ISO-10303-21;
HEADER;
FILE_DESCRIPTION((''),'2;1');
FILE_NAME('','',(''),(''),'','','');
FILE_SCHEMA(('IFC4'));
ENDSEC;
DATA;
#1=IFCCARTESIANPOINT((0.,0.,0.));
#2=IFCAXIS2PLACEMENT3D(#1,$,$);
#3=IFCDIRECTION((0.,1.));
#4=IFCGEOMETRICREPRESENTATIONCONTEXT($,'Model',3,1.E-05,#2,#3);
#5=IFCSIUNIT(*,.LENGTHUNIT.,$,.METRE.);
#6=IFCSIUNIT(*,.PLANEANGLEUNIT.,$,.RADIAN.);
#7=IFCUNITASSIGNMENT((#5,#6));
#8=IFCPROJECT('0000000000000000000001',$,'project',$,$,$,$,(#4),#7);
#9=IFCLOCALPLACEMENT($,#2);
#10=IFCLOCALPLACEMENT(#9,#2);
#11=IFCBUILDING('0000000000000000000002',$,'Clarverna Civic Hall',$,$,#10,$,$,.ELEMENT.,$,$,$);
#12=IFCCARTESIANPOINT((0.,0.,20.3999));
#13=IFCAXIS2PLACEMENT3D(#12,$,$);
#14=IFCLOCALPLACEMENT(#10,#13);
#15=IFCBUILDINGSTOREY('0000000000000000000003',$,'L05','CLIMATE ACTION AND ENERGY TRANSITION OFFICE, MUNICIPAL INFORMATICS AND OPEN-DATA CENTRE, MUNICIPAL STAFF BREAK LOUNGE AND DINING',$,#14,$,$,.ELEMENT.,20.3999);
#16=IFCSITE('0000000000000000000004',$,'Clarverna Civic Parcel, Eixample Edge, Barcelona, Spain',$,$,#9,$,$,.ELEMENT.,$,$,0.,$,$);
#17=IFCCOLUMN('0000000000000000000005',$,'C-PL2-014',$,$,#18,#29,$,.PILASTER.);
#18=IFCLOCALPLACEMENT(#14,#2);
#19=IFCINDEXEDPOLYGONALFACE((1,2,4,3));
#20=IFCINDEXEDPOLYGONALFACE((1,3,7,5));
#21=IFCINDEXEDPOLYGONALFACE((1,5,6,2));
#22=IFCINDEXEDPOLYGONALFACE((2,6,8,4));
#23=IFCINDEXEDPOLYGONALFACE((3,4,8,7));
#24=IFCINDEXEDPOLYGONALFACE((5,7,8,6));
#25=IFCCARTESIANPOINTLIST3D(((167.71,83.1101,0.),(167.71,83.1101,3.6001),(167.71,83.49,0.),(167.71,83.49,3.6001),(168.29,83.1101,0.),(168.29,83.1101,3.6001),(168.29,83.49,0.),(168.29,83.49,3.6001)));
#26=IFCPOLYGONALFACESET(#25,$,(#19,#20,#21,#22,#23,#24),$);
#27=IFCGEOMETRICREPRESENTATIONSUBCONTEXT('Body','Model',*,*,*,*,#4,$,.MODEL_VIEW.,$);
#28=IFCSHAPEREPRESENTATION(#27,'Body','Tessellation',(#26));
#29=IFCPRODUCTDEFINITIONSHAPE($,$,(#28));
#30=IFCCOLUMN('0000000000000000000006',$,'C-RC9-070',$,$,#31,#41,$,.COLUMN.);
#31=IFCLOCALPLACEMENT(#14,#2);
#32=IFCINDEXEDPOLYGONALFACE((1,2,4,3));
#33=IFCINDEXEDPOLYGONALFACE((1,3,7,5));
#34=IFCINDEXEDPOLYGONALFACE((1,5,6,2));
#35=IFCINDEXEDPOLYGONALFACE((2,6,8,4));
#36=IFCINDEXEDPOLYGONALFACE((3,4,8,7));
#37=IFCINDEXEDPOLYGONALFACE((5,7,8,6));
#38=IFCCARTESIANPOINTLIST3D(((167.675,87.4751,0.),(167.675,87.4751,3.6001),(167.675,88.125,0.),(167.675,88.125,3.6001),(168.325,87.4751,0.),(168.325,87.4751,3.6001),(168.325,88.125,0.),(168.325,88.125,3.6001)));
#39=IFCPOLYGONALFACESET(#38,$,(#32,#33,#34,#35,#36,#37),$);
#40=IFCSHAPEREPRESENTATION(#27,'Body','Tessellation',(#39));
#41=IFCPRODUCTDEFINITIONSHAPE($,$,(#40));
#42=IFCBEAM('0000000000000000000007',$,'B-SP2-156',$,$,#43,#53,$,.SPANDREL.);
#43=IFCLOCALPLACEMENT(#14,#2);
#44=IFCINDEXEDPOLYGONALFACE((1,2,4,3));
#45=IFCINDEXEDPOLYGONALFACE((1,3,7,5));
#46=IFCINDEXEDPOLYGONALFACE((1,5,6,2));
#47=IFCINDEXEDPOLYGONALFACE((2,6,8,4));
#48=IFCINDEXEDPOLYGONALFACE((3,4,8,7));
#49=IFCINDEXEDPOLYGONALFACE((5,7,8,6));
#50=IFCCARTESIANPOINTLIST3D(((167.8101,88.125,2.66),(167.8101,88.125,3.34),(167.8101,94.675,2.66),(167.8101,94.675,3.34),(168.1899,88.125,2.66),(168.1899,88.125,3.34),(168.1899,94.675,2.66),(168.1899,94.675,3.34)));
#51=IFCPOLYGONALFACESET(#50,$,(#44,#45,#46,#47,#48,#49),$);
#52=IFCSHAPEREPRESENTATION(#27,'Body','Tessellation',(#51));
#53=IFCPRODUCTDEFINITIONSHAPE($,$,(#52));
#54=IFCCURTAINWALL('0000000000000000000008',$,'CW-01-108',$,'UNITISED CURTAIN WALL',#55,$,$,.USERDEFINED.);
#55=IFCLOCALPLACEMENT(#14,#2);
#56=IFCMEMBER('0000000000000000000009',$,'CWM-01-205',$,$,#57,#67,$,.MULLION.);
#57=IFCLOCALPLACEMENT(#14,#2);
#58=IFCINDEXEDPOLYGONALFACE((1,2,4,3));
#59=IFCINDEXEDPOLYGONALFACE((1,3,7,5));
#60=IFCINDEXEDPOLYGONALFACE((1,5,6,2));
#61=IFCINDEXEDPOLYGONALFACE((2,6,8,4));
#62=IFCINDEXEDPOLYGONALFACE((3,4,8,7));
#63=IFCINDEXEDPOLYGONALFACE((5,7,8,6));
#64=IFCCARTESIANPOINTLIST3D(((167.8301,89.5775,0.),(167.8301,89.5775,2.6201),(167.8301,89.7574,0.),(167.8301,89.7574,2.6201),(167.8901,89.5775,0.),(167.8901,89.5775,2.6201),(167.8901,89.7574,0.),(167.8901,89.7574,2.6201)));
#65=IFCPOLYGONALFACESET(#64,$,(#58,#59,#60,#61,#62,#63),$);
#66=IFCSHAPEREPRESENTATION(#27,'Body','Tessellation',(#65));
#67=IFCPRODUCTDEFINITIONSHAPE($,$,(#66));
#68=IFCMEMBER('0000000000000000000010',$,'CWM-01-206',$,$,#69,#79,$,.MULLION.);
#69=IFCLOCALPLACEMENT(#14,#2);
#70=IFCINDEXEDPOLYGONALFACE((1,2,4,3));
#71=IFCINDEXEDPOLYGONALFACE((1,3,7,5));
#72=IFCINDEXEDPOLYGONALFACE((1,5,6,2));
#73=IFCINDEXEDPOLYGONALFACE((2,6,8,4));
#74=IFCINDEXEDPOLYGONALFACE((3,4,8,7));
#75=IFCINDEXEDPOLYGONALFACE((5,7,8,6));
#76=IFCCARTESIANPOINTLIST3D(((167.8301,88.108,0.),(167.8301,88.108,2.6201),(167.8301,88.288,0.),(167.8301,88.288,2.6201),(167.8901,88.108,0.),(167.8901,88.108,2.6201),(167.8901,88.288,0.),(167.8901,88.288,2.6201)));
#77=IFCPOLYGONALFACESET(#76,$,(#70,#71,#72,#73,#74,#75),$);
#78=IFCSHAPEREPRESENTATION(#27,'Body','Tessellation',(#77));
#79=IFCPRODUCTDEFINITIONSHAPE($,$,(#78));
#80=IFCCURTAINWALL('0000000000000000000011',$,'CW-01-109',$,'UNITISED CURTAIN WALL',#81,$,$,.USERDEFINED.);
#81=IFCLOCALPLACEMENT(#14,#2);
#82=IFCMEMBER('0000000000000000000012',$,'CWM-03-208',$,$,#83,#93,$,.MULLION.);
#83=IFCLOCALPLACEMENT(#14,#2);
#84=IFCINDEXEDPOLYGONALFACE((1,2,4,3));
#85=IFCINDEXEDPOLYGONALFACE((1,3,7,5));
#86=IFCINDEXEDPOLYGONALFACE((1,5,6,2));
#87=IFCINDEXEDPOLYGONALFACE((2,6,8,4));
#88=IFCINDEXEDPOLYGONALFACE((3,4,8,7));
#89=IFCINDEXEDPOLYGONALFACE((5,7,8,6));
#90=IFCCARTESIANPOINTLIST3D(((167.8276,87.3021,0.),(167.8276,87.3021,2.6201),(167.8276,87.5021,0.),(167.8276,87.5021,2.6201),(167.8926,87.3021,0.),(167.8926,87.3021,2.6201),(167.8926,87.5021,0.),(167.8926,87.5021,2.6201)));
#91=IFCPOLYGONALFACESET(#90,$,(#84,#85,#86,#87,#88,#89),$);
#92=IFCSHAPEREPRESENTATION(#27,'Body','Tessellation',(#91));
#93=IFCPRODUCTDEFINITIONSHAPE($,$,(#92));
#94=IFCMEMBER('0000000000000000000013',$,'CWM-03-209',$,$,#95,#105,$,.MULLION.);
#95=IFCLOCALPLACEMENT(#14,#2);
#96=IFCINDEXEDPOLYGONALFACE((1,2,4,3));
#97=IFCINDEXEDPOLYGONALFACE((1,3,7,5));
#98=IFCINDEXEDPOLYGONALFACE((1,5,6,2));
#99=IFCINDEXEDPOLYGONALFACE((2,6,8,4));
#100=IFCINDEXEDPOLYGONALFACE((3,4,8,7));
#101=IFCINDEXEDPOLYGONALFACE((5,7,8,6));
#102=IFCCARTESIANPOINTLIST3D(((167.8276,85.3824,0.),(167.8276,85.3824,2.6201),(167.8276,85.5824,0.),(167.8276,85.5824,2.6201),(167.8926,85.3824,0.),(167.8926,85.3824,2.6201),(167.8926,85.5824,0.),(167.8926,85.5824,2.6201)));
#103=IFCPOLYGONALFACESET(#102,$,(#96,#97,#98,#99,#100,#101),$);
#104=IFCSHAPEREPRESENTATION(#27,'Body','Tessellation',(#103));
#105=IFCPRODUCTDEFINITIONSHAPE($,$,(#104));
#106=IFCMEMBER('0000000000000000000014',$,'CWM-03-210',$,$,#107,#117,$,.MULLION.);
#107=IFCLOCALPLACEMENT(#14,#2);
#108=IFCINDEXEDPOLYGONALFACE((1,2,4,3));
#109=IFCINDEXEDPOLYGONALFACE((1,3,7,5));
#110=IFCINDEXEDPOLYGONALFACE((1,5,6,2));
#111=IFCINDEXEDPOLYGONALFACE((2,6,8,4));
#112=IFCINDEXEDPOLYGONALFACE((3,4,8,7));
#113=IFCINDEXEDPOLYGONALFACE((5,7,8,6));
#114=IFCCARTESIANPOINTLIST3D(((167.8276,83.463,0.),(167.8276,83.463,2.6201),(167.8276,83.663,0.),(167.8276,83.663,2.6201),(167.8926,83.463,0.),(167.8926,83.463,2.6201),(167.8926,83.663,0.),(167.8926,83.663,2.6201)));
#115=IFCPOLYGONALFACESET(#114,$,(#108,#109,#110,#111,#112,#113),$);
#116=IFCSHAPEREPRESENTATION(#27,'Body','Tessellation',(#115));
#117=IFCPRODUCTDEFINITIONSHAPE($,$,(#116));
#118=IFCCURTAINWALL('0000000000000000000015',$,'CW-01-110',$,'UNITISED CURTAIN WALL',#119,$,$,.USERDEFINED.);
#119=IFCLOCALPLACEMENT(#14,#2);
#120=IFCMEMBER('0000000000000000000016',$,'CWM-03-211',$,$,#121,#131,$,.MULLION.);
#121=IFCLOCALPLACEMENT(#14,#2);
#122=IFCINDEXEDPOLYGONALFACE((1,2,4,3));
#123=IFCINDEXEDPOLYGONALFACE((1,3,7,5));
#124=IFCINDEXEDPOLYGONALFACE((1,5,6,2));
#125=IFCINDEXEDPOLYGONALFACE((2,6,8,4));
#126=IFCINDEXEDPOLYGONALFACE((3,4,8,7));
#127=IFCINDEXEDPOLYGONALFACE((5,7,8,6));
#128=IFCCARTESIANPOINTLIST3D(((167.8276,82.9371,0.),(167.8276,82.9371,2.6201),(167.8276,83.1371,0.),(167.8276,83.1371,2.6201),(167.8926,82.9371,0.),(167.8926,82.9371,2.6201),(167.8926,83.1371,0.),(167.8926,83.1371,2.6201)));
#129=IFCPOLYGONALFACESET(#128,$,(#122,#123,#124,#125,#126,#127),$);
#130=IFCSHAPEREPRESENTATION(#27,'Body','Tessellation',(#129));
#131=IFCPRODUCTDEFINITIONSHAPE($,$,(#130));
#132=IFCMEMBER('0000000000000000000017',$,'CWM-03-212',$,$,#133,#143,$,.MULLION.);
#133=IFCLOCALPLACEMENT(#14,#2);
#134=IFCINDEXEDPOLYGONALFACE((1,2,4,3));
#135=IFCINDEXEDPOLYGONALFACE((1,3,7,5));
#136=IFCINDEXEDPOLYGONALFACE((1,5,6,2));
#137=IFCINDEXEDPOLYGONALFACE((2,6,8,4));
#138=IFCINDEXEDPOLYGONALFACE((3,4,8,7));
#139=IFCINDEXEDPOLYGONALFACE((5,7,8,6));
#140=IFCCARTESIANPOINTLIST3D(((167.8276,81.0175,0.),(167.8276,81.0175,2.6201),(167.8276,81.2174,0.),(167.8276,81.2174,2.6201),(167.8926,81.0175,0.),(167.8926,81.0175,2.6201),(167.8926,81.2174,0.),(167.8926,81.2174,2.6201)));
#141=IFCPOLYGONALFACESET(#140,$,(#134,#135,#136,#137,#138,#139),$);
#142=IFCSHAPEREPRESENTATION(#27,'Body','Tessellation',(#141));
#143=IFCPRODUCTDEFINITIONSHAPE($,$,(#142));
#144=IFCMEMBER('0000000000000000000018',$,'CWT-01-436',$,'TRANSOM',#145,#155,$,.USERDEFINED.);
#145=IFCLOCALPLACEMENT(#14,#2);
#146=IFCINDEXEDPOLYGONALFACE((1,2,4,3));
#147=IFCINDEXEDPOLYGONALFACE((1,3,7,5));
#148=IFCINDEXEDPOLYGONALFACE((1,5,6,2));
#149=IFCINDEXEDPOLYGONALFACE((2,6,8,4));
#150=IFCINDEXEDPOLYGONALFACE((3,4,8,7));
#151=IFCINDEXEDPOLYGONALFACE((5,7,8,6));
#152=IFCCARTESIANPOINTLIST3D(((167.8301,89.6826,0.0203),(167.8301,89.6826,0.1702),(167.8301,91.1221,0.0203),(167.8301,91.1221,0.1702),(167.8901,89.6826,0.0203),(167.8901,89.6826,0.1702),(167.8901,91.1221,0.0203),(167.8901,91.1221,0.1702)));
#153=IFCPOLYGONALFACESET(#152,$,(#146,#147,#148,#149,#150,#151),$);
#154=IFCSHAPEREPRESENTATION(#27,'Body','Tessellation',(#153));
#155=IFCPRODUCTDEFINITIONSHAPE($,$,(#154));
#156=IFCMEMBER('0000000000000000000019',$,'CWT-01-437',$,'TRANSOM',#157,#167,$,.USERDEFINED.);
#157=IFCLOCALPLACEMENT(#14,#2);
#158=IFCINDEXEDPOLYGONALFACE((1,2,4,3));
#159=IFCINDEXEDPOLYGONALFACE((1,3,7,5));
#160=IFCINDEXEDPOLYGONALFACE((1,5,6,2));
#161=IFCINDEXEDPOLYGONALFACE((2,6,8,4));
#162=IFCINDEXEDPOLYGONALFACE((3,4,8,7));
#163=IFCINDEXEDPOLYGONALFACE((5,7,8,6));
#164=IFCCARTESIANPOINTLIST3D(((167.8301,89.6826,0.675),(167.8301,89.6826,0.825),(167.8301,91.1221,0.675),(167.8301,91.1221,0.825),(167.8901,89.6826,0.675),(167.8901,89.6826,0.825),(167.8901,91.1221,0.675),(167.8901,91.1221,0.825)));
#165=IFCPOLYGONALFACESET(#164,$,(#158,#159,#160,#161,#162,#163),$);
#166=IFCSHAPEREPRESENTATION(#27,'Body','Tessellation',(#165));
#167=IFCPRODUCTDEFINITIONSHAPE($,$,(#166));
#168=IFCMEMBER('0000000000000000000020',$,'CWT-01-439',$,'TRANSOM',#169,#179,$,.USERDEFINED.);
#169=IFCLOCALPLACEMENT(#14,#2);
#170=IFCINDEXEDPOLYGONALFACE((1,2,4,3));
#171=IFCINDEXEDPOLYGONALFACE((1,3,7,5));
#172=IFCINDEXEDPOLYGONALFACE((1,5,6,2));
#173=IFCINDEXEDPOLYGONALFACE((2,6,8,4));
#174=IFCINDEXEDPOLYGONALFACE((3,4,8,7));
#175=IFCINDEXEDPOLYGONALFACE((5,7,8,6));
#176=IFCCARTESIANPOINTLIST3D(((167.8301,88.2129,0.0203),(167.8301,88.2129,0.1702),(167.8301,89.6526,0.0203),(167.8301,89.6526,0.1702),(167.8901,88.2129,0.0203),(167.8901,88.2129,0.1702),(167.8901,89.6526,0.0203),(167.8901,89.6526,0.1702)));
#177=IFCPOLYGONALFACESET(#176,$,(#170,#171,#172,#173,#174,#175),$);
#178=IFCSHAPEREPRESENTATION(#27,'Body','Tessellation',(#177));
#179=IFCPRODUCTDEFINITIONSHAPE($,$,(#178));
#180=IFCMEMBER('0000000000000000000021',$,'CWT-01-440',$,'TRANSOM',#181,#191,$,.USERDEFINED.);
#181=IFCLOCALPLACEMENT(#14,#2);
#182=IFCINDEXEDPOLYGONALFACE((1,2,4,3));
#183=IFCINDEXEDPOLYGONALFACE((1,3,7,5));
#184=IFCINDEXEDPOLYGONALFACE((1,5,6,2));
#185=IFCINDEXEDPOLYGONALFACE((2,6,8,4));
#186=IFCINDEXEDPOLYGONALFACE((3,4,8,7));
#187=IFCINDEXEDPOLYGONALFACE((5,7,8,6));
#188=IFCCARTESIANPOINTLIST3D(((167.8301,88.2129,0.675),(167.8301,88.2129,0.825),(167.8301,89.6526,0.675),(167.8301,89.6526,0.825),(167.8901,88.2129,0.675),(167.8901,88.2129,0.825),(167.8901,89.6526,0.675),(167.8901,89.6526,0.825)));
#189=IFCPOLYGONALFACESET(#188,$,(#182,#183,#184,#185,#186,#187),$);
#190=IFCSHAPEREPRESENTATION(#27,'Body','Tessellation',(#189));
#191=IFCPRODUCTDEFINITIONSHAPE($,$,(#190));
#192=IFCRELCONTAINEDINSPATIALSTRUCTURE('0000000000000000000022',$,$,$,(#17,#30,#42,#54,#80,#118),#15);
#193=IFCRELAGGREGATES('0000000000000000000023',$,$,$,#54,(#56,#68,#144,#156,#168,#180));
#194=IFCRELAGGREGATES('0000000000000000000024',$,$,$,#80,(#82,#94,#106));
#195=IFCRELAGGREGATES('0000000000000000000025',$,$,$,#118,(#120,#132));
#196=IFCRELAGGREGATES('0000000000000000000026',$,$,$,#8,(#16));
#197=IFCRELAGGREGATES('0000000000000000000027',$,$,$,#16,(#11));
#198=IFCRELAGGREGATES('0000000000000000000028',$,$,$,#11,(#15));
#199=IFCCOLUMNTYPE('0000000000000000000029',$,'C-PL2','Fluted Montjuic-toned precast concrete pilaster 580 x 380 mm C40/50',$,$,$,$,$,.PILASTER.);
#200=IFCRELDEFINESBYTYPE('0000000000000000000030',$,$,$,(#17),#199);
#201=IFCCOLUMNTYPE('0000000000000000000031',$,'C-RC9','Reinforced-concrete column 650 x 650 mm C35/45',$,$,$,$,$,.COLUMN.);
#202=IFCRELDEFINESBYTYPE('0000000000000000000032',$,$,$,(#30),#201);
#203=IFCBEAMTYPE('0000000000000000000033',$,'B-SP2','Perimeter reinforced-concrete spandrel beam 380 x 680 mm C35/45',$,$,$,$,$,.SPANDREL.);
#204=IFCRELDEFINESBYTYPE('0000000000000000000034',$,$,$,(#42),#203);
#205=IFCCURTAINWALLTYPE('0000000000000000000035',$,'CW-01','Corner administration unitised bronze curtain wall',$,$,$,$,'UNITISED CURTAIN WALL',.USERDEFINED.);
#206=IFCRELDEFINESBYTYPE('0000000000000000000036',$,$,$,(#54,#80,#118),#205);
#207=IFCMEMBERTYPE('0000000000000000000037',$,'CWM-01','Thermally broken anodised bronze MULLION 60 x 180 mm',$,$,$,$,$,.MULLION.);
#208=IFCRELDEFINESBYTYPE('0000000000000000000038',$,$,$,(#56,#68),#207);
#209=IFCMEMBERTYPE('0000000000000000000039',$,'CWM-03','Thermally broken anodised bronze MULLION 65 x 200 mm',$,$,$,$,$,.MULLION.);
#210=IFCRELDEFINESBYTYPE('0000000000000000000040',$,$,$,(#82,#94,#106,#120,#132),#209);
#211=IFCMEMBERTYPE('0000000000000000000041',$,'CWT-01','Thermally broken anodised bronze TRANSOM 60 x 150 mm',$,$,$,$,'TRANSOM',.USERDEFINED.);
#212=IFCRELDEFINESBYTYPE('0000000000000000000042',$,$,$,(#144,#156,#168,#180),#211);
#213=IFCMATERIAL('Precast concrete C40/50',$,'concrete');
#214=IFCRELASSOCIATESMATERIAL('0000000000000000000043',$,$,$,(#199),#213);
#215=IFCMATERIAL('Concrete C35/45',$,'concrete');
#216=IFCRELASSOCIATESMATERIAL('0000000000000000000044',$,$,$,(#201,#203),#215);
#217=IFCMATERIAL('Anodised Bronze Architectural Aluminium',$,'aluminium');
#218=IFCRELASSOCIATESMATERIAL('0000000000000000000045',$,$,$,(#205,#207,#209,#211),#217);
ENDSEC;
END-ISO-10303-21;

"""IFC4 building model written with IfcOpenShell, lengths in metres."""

from ifc_helpers import new_model, si_unit, direction, frame, origin, origin_2d, place, context, subcontext, project, spatial, rectangle, extrude, material, material_profile, profile_set, type_object, element, aggregate, save


model = new_model("IFC4")

# Units and contexts
model_context = context("Model", 3, precision=1e-05, world=origin(), true_north=direction((0.0, 1.0)))
body_context = subcontext(model_context, "Body", "Model", "MODEL_VIEW")
ifc_project = project(units=[si_unit("LENGTHUNIT", "METRE"), si_unit("PLANEANGLEUNIT", "RADIAN")], contexts=[model_context])

# Site, building, storey
site_placement = place(None, origin())
site = spatial("IfcSite", under=ifc_project, at=site_placement, Name="Clarverna Civic Parcel, Eixample Edge, Barcelona, Spain", CompositionType="ELEMENT", RefElevation=0.0)
building_placement = place(site_placement, origin())
building = spatial("IfcBuilding", under=site, at=building_placement, Name="Clarverna Civic Hall", CompositionType="ELEMENT")
storey_placement = place(building_placement, frame((0.0, 0.0, 20.3999)))
storey = spatial("IfcBuildingStorey", under=building, at=storey_placement, Name="L05", Description="CLIMATE ACTION AND ENERGY TRANSITION OFFICE, MUNICIPAL INFORMATICS AND OPEN-DATA CENTRE, MUNICIPAL STAFF BREAK LOUNGE AND DINING", CompositionType="ELEMENT", Elevation=20.3999)

# Columns
ifc_material_1 = material(Name="Precast concrete C40/50", Category="concrete")
ifc_material_profile_1 = material_profile(ifc_material_1, rectangle(XDim=0.5801, YDim=0.3799, at=origin_2d()), Name="PILASTER 580x380")
ifc_profile_set_1 = profile_set([ifc_material_profile_1], Name="Precast concrete C40/50")
column_type_1 = type_object("IfcColumnType", Name="C-PL2", Description="Fluted Montjuic-toned precast concrete pilaster 580 x 380 mm C40/50", PredefinedType="PILASTER", material=ifc_profile_set_1)
column_1_placement = place(storey_placement, frame((168.0, 83.3, 0.0), z_axis=(0.0, 0.0, 1.0), x_axis=(1.0, 0.0, 0.0)))
element("IfcColumn", 1, at=column_1_placement, inside=storey, type_object=column_type_1, Name="C-PL2-014", PredefinedType="PILASTER", context=body_context, shape_type="SweptSolid", body=[
    extrude(rectangle(XDim=0.5801, YDim=0.3799, at=origin_2d()), origin(), (0.0, 0.0, 1.0), 3.6001),
])
ifc_material_2 = material(Name="Concrete C35/45", Category="concrete")
ifc_material_profile_2 = material_profile(ifc_material_2, rectangle(XDim=0.6499, YDim=0.6499, at=origin_2d()), Name="RC 650x650")
ifc_profile_set_2 = profile_set([ifc_material_profile_2], Name="Concrete C35/45")
column_type_2 = type_object("IfcColumnType", Name="C-RC9", Description="Reinforced-concrete column 650 x 650 mm C35/45", PredefinedType="COLUMN", material=ifc_profile_set_2)
column_2_placement = place(storey_placement, frame((168.0, 87.8, 0.0), z_axis=(0.0, 0.0, 1.0), x_axis=(1.0, 0.0, 0.0)))
element("IfcColumn", 2, at=column_2_placement, inside=storey, type_object=column_type_2, Name="C-RC9-070", PredefinedType="COLUMN", context=body_context, shape_type="SweptSolid", body=[
    extrude(rectangle(XDim=0.6499, YDim=0.6499, at=origin_2d()), origin(), (0.0, 0.0, 1.0), 3.6001),
])

# Beam
ifc_material_profile_3 = material_profile(ifc_material_2, rectangle(XDim=0.3799, YDim=0.6799, at=origin_2d()), Name="RC 380x680")
ifc_profile_set_3 = profile_set([ifc_material_profile_3], Name="Concrete C35/45")
beam_type = type_object("IfcBeamType", Name="B-SP2", Description="Perimeter reinforced-concrete spandrel beam 380 x 680 mm C35/45", PredefinedType="SPANDREL", material=ifc_profile_set_3)
beam_placement = place(storey_placement, frame((168.0, 88.125, 3.0), z_axis=(0.0, 1.0, 0.0), x_axis=(-1.0, 0.0, 0.0)))
element("IfcBeam", 3, at=beam_placement, inside=storey, type_object=beam_type, Name="B-SP2-156", PredefinedType="SPANDREL", context=body_context, shape_type="SweptSolid", body=[
    extrude(rectangle(XDim=0.3799, YDim=0.6799, at=origin_2d()), origin(), (0.0, 0.0, 1.0), 6.55),
])

# Curtain walls, members
ifc_material_3 = material(Name="Anodised Bronze Architectural Aluminium", Category="aluminium")
curtain_wall_type = type_object("IfcCurtainWallType", Name="CW-01", Description="Corner administration unitised bronze curtain wall", ElementType="UNITISED CURTAIN WALL", PredefinedType="USERDEFINED", material=ifc_material_3)
curtain_wall_1_placement = place(storey_placement, origin())
curtain_wall_1 = element("IfcCurtainWall", 4, at=curtain_wall_1_placement, inside=storey, type_object=curtain_wall_type, Name="CW-01-108", ObjectType="UNITISED CURTAIN WALL", PredefinedType="USERDEFINED")
ifc_material_profile_4 = material_profile(ifc_material_3, rectangle(XDim=0.0601, YDim=0.1799, at=origin_2d()), Name="BRONZE 60x180")
ifc_profile_set_4 = profile_set([ifc_material_profile_4], Name="Anodised Bronze Architectural Aluminium")
member_type_1 = type_object("IfcMemberType", Name="CWM-01", Description="Thermally broken anodised bronze MULLION 60 x 180 mm", PredefinedType="MULLION", material=ifc_profile_set_4)
member_1_placement = place(storey_placement, frame((167.8601, 89.6675, 0.0), z_axis=(0.0, 0.0, 1.0), x_axis=(1.0, 0.0, 0.0)))
member_1 = element("IfcMember", 5, at=member_1_placement, type_object=member_type_1, Name="CWM-01-205", PredefinedType="MULLION", context=body_context, shape_type="SweptSolid", body=[
    extrude(rectangle(XDim=0.0601, YDim=0.1799, at=origin_2d()), origin(), (0.0, 0.0, 1.0), 2.6201),
])
member_2_placement = place(storey_placement, frame((167.8601, 88.198, 0.0), z_axis=(0.0, 0.0, 1.0), x_axis=(1.0, 0.0, 0.0)))
member_2 = element("IfcMember", 6, at=member_2_placement, type_object=member_type_1, Name="CWM-01-206", PredefinedType="MULLION", context=body_context, shape_type="SweptSolid", body=[
    extrude(rectangle(XDim=0.0601, YDim=0.1799, at=origin_2d()), origin(), (0.0, 0.0, 1.0), 2.6201),
])
curtain_wall_2_placement = place(storey_placement, origin())
curtain_wall_2 = element("IfcCurtainWall", 7, at=curtain_wall_2_placement, inside=storey, type_object=curtain_wall_type, Name="CW-01-109", ObjectType="UNITISED CURTAIN WALL", PredefinedType="USERDEFINED")
ifc_material_profile_5 = material_profile(ifc_material_3, rectangle(XDim=0.0649, YDim=0.2, at=origin_2d()), Name="BRONZE 65x200")
ifc_profile_set_5 = profile_set([ifc_material_profile_5], Name="Anodised Bronze Architectural Aluminium")
member_type_2 = type_object("IfcMemberType", Name="CWM-03", Description="Thermally broken anodised bronze MULLION 65 x 200 mm", PredefinedType="MULLION", material=ifc_profile_set_5)
member_3_placement = place(storey_placement, frame((167.8601, 87.4021, 0.0), z_axis=(0.0, 0.0, 1.0), x_axis=(1.0, 0.0, 0.0)))
member_3 = element("IfcMember", 8, at=member_3_placement, type_object=member_type_2, Name="CWM-03-208", PredefinedType="MULLION", context=body_context, shape_type="SweptSolid", body=[
    extrude(rectangle(XDim=0.0649, YDim=0.2, at=origin_2d()), origin(), (0.0, 0.0, 1.0), 2.6201),
])
member_4_placement = place(storey_placement, frame((167.8601, 85.4824, 0.0), z_axis=(0.0, 0.0, 1.0), x_axis=(1.0, 0.0, 0.0)))
member_4 = element("IfcMember", 9, at=member_4_placement, type_object=member_type_2, Name="CWM-03-209", PredefinedType="MULLION", context=body_context, shape_type="SweptSolid", body=[
    extrude(rectangle(XDim=0.0649, YDim=0.2, at=origin_2d()), origin(), (0.0, 0.0, 1.0), 2.6201),
])
member_5_placement = place(storey_placement, frame((167.8601, 83.563, 0.0), z_axis=(0.0, 0.0, 1.0), x_axis=(1.0, 0.0, 0.0)))
member_5 = element("IfcMember", 10, at=member_5_placement, type_object=member_type_2, Name="CWM-03-210", PredefinedType="MULLION", context=body_context, shape_type="SweptSolid", body=[
    extrude(rectangle(XDim=0.0649, YDim=0.2, at=origin_2d()), origin(), (0.0, 0.0, 1.0), 2.6201),
])
curtain_wall_3_placement = place(storey_placement, origin())
curtain_wall_3 = element("IfcCurtainWall", 11, at=curtain_wall_3_placement, inside=storey, type_object=curtain_wall_type, Name="CW-01-110", ObjectType="UNITISED CURTAIN WALL", PredefinedType="USERDEFINED")
member_6_placement = place(storey_placement, frame((167.8601, 83.0371, 0.0), z_axis=(0.0, 0.0, 1.0), x_axis=(1.0, 0.0, 0.0)))
member_6 = element("IfcMember", 12, at=member_6_placement, type_object=member_type_2, Name="CWM-03-211", PredefinedType="MULLION", context=body_context, shape_type="SweptSolid", body=[
    extrude(rectangle(XDim=0.0649, YDim=0.2, at=origin_2d()), origin(), (0.0, 0.0, 1.0), 2.6201),
])
member_7_placement = place(storey_placement, frame((167.8601, 81.1174, 0.0), z_axis=(0.0, 0.0, 1.0), x_axis=(1.0, 0.0, 0.0)))
member_7 = element("IfcMember", 13, at=member_7_placement, type_object=member_type_2, Name="CWM-03-212", PredefinedType="MULLION", context=body_context, shape_type="SweptSolid", body=[
    extrude(rectangle(XDim=0.0649, YDim=0.2, at=origin_2d()), origin(), (0.0, 0.0, 1.0), 2.6201),
])

# Members
ifc_material_profile_6 = material_profile(ifc_material_3, rectangle(XDim=0.0601, YDim=0.1499, at=origin_2d()), Name="BRONZE 60x150")
ifc_profile_set_6 = profile_set([ifc_material_profile_6], Name="Anodised Bronze Architectural Aluminium")
member_type_3 = type_object("IfcMemberType", Name="CWT-01", Description="Thermally broken anodised bronze TRANSOM 60 x 150 mm", ElementType="TRANSOM", PredefinedType="USERDEFINED", material=ifc_profile_set_6)
member_8_placement = place(storey_placement, frame((167.8601, 91.1221, 0.0952), z_axis=(0.0, -1.0, 0.0), x_axis=(1.0, 0.0, 0.0)))
member_8 = element("IfcMember", 14, at=member_8_placement, type_object=member_type_3, Name="CWT-01-436", ObjectType="TRANSOM", PredefinedType="USERDEFINED", context=body_context, shape_type="SweptSolid", body=[
    extrude(rectangle(XDim=0.0601, YDim=0.1499, at=origin_2d()), origin(), (0.0, 0.0, 1.0), 1.4395),
])
member_9_placement = place(storey_placement, frame((167.8601, 91.1221, 0.75), z_axis=(0.0, -1.0, 0.0), x_axis=(1.0, 0.0, 0.0)))
member_9 = element("IfcMember", 15, at=member_9_placement, type_object=member_type_3, Name="CWT-01-437", ObjectType="TRANSOM", PredefinedType="USERDEFINED", context=body_context, shape_type="SweptSolid", body=[
    extrude(rectangle(XDim=0.0601, YDim=0.1499, at=origin_2d()), origin(), (0.0, 0.0, 1.0), 1.4395),
])
member_10_placement = place(storey_placement, frame((167.8601, 89.6526, 0.0952), z_axis=(0.0, -1.0, 0.0), x_axis=(1.0, 0.0, 0.0)))
member_10 = element("IfcMember", 16, at=member_10_placement, type_object=member_type_3, Name="CWT-01-439", ObjectType="TRANSOM", PredefinedType="USERDEFINED", context=body_context, shape_type="SweptSolid", body=[
    extrude(rectangle(XDim=0.0601, YDim=0.1499, at=origin_2d()), origin(), (0.0, 0.0, 1.0), 1.4397),
])
member_11_placement = place(storey_placement, frame((167.8601, 89.6526, 0.75), z_axis=(0.0, -1.0, 0.0), x_axis=(1.0, 0.0, 0.0)))
member_11 = element("IfcMember", 17, at=member_11_placement, type_object=member_type_3, Name="CWT-01-440", ObjectType="TRANSOM", PredefinedType="USERDEFINED", context=body_context, shape_type="SweptSolid", body=[
    extrude(rectangle(XDim=0.0601, YDim=0.1499, at=origin_2d()), origin(), (0.0, 0.0, 1.0), 1.4397),
])

aggregate(curtain_wall_1, [member_1, member_2, member_8, member_9, member_10, member_11])
aggregate(curtain_wall_2, [member_3, member_4, member_5])
aggregate(curtain_wall_3, [member_6, member_7])

save(model, "model.ifc")
